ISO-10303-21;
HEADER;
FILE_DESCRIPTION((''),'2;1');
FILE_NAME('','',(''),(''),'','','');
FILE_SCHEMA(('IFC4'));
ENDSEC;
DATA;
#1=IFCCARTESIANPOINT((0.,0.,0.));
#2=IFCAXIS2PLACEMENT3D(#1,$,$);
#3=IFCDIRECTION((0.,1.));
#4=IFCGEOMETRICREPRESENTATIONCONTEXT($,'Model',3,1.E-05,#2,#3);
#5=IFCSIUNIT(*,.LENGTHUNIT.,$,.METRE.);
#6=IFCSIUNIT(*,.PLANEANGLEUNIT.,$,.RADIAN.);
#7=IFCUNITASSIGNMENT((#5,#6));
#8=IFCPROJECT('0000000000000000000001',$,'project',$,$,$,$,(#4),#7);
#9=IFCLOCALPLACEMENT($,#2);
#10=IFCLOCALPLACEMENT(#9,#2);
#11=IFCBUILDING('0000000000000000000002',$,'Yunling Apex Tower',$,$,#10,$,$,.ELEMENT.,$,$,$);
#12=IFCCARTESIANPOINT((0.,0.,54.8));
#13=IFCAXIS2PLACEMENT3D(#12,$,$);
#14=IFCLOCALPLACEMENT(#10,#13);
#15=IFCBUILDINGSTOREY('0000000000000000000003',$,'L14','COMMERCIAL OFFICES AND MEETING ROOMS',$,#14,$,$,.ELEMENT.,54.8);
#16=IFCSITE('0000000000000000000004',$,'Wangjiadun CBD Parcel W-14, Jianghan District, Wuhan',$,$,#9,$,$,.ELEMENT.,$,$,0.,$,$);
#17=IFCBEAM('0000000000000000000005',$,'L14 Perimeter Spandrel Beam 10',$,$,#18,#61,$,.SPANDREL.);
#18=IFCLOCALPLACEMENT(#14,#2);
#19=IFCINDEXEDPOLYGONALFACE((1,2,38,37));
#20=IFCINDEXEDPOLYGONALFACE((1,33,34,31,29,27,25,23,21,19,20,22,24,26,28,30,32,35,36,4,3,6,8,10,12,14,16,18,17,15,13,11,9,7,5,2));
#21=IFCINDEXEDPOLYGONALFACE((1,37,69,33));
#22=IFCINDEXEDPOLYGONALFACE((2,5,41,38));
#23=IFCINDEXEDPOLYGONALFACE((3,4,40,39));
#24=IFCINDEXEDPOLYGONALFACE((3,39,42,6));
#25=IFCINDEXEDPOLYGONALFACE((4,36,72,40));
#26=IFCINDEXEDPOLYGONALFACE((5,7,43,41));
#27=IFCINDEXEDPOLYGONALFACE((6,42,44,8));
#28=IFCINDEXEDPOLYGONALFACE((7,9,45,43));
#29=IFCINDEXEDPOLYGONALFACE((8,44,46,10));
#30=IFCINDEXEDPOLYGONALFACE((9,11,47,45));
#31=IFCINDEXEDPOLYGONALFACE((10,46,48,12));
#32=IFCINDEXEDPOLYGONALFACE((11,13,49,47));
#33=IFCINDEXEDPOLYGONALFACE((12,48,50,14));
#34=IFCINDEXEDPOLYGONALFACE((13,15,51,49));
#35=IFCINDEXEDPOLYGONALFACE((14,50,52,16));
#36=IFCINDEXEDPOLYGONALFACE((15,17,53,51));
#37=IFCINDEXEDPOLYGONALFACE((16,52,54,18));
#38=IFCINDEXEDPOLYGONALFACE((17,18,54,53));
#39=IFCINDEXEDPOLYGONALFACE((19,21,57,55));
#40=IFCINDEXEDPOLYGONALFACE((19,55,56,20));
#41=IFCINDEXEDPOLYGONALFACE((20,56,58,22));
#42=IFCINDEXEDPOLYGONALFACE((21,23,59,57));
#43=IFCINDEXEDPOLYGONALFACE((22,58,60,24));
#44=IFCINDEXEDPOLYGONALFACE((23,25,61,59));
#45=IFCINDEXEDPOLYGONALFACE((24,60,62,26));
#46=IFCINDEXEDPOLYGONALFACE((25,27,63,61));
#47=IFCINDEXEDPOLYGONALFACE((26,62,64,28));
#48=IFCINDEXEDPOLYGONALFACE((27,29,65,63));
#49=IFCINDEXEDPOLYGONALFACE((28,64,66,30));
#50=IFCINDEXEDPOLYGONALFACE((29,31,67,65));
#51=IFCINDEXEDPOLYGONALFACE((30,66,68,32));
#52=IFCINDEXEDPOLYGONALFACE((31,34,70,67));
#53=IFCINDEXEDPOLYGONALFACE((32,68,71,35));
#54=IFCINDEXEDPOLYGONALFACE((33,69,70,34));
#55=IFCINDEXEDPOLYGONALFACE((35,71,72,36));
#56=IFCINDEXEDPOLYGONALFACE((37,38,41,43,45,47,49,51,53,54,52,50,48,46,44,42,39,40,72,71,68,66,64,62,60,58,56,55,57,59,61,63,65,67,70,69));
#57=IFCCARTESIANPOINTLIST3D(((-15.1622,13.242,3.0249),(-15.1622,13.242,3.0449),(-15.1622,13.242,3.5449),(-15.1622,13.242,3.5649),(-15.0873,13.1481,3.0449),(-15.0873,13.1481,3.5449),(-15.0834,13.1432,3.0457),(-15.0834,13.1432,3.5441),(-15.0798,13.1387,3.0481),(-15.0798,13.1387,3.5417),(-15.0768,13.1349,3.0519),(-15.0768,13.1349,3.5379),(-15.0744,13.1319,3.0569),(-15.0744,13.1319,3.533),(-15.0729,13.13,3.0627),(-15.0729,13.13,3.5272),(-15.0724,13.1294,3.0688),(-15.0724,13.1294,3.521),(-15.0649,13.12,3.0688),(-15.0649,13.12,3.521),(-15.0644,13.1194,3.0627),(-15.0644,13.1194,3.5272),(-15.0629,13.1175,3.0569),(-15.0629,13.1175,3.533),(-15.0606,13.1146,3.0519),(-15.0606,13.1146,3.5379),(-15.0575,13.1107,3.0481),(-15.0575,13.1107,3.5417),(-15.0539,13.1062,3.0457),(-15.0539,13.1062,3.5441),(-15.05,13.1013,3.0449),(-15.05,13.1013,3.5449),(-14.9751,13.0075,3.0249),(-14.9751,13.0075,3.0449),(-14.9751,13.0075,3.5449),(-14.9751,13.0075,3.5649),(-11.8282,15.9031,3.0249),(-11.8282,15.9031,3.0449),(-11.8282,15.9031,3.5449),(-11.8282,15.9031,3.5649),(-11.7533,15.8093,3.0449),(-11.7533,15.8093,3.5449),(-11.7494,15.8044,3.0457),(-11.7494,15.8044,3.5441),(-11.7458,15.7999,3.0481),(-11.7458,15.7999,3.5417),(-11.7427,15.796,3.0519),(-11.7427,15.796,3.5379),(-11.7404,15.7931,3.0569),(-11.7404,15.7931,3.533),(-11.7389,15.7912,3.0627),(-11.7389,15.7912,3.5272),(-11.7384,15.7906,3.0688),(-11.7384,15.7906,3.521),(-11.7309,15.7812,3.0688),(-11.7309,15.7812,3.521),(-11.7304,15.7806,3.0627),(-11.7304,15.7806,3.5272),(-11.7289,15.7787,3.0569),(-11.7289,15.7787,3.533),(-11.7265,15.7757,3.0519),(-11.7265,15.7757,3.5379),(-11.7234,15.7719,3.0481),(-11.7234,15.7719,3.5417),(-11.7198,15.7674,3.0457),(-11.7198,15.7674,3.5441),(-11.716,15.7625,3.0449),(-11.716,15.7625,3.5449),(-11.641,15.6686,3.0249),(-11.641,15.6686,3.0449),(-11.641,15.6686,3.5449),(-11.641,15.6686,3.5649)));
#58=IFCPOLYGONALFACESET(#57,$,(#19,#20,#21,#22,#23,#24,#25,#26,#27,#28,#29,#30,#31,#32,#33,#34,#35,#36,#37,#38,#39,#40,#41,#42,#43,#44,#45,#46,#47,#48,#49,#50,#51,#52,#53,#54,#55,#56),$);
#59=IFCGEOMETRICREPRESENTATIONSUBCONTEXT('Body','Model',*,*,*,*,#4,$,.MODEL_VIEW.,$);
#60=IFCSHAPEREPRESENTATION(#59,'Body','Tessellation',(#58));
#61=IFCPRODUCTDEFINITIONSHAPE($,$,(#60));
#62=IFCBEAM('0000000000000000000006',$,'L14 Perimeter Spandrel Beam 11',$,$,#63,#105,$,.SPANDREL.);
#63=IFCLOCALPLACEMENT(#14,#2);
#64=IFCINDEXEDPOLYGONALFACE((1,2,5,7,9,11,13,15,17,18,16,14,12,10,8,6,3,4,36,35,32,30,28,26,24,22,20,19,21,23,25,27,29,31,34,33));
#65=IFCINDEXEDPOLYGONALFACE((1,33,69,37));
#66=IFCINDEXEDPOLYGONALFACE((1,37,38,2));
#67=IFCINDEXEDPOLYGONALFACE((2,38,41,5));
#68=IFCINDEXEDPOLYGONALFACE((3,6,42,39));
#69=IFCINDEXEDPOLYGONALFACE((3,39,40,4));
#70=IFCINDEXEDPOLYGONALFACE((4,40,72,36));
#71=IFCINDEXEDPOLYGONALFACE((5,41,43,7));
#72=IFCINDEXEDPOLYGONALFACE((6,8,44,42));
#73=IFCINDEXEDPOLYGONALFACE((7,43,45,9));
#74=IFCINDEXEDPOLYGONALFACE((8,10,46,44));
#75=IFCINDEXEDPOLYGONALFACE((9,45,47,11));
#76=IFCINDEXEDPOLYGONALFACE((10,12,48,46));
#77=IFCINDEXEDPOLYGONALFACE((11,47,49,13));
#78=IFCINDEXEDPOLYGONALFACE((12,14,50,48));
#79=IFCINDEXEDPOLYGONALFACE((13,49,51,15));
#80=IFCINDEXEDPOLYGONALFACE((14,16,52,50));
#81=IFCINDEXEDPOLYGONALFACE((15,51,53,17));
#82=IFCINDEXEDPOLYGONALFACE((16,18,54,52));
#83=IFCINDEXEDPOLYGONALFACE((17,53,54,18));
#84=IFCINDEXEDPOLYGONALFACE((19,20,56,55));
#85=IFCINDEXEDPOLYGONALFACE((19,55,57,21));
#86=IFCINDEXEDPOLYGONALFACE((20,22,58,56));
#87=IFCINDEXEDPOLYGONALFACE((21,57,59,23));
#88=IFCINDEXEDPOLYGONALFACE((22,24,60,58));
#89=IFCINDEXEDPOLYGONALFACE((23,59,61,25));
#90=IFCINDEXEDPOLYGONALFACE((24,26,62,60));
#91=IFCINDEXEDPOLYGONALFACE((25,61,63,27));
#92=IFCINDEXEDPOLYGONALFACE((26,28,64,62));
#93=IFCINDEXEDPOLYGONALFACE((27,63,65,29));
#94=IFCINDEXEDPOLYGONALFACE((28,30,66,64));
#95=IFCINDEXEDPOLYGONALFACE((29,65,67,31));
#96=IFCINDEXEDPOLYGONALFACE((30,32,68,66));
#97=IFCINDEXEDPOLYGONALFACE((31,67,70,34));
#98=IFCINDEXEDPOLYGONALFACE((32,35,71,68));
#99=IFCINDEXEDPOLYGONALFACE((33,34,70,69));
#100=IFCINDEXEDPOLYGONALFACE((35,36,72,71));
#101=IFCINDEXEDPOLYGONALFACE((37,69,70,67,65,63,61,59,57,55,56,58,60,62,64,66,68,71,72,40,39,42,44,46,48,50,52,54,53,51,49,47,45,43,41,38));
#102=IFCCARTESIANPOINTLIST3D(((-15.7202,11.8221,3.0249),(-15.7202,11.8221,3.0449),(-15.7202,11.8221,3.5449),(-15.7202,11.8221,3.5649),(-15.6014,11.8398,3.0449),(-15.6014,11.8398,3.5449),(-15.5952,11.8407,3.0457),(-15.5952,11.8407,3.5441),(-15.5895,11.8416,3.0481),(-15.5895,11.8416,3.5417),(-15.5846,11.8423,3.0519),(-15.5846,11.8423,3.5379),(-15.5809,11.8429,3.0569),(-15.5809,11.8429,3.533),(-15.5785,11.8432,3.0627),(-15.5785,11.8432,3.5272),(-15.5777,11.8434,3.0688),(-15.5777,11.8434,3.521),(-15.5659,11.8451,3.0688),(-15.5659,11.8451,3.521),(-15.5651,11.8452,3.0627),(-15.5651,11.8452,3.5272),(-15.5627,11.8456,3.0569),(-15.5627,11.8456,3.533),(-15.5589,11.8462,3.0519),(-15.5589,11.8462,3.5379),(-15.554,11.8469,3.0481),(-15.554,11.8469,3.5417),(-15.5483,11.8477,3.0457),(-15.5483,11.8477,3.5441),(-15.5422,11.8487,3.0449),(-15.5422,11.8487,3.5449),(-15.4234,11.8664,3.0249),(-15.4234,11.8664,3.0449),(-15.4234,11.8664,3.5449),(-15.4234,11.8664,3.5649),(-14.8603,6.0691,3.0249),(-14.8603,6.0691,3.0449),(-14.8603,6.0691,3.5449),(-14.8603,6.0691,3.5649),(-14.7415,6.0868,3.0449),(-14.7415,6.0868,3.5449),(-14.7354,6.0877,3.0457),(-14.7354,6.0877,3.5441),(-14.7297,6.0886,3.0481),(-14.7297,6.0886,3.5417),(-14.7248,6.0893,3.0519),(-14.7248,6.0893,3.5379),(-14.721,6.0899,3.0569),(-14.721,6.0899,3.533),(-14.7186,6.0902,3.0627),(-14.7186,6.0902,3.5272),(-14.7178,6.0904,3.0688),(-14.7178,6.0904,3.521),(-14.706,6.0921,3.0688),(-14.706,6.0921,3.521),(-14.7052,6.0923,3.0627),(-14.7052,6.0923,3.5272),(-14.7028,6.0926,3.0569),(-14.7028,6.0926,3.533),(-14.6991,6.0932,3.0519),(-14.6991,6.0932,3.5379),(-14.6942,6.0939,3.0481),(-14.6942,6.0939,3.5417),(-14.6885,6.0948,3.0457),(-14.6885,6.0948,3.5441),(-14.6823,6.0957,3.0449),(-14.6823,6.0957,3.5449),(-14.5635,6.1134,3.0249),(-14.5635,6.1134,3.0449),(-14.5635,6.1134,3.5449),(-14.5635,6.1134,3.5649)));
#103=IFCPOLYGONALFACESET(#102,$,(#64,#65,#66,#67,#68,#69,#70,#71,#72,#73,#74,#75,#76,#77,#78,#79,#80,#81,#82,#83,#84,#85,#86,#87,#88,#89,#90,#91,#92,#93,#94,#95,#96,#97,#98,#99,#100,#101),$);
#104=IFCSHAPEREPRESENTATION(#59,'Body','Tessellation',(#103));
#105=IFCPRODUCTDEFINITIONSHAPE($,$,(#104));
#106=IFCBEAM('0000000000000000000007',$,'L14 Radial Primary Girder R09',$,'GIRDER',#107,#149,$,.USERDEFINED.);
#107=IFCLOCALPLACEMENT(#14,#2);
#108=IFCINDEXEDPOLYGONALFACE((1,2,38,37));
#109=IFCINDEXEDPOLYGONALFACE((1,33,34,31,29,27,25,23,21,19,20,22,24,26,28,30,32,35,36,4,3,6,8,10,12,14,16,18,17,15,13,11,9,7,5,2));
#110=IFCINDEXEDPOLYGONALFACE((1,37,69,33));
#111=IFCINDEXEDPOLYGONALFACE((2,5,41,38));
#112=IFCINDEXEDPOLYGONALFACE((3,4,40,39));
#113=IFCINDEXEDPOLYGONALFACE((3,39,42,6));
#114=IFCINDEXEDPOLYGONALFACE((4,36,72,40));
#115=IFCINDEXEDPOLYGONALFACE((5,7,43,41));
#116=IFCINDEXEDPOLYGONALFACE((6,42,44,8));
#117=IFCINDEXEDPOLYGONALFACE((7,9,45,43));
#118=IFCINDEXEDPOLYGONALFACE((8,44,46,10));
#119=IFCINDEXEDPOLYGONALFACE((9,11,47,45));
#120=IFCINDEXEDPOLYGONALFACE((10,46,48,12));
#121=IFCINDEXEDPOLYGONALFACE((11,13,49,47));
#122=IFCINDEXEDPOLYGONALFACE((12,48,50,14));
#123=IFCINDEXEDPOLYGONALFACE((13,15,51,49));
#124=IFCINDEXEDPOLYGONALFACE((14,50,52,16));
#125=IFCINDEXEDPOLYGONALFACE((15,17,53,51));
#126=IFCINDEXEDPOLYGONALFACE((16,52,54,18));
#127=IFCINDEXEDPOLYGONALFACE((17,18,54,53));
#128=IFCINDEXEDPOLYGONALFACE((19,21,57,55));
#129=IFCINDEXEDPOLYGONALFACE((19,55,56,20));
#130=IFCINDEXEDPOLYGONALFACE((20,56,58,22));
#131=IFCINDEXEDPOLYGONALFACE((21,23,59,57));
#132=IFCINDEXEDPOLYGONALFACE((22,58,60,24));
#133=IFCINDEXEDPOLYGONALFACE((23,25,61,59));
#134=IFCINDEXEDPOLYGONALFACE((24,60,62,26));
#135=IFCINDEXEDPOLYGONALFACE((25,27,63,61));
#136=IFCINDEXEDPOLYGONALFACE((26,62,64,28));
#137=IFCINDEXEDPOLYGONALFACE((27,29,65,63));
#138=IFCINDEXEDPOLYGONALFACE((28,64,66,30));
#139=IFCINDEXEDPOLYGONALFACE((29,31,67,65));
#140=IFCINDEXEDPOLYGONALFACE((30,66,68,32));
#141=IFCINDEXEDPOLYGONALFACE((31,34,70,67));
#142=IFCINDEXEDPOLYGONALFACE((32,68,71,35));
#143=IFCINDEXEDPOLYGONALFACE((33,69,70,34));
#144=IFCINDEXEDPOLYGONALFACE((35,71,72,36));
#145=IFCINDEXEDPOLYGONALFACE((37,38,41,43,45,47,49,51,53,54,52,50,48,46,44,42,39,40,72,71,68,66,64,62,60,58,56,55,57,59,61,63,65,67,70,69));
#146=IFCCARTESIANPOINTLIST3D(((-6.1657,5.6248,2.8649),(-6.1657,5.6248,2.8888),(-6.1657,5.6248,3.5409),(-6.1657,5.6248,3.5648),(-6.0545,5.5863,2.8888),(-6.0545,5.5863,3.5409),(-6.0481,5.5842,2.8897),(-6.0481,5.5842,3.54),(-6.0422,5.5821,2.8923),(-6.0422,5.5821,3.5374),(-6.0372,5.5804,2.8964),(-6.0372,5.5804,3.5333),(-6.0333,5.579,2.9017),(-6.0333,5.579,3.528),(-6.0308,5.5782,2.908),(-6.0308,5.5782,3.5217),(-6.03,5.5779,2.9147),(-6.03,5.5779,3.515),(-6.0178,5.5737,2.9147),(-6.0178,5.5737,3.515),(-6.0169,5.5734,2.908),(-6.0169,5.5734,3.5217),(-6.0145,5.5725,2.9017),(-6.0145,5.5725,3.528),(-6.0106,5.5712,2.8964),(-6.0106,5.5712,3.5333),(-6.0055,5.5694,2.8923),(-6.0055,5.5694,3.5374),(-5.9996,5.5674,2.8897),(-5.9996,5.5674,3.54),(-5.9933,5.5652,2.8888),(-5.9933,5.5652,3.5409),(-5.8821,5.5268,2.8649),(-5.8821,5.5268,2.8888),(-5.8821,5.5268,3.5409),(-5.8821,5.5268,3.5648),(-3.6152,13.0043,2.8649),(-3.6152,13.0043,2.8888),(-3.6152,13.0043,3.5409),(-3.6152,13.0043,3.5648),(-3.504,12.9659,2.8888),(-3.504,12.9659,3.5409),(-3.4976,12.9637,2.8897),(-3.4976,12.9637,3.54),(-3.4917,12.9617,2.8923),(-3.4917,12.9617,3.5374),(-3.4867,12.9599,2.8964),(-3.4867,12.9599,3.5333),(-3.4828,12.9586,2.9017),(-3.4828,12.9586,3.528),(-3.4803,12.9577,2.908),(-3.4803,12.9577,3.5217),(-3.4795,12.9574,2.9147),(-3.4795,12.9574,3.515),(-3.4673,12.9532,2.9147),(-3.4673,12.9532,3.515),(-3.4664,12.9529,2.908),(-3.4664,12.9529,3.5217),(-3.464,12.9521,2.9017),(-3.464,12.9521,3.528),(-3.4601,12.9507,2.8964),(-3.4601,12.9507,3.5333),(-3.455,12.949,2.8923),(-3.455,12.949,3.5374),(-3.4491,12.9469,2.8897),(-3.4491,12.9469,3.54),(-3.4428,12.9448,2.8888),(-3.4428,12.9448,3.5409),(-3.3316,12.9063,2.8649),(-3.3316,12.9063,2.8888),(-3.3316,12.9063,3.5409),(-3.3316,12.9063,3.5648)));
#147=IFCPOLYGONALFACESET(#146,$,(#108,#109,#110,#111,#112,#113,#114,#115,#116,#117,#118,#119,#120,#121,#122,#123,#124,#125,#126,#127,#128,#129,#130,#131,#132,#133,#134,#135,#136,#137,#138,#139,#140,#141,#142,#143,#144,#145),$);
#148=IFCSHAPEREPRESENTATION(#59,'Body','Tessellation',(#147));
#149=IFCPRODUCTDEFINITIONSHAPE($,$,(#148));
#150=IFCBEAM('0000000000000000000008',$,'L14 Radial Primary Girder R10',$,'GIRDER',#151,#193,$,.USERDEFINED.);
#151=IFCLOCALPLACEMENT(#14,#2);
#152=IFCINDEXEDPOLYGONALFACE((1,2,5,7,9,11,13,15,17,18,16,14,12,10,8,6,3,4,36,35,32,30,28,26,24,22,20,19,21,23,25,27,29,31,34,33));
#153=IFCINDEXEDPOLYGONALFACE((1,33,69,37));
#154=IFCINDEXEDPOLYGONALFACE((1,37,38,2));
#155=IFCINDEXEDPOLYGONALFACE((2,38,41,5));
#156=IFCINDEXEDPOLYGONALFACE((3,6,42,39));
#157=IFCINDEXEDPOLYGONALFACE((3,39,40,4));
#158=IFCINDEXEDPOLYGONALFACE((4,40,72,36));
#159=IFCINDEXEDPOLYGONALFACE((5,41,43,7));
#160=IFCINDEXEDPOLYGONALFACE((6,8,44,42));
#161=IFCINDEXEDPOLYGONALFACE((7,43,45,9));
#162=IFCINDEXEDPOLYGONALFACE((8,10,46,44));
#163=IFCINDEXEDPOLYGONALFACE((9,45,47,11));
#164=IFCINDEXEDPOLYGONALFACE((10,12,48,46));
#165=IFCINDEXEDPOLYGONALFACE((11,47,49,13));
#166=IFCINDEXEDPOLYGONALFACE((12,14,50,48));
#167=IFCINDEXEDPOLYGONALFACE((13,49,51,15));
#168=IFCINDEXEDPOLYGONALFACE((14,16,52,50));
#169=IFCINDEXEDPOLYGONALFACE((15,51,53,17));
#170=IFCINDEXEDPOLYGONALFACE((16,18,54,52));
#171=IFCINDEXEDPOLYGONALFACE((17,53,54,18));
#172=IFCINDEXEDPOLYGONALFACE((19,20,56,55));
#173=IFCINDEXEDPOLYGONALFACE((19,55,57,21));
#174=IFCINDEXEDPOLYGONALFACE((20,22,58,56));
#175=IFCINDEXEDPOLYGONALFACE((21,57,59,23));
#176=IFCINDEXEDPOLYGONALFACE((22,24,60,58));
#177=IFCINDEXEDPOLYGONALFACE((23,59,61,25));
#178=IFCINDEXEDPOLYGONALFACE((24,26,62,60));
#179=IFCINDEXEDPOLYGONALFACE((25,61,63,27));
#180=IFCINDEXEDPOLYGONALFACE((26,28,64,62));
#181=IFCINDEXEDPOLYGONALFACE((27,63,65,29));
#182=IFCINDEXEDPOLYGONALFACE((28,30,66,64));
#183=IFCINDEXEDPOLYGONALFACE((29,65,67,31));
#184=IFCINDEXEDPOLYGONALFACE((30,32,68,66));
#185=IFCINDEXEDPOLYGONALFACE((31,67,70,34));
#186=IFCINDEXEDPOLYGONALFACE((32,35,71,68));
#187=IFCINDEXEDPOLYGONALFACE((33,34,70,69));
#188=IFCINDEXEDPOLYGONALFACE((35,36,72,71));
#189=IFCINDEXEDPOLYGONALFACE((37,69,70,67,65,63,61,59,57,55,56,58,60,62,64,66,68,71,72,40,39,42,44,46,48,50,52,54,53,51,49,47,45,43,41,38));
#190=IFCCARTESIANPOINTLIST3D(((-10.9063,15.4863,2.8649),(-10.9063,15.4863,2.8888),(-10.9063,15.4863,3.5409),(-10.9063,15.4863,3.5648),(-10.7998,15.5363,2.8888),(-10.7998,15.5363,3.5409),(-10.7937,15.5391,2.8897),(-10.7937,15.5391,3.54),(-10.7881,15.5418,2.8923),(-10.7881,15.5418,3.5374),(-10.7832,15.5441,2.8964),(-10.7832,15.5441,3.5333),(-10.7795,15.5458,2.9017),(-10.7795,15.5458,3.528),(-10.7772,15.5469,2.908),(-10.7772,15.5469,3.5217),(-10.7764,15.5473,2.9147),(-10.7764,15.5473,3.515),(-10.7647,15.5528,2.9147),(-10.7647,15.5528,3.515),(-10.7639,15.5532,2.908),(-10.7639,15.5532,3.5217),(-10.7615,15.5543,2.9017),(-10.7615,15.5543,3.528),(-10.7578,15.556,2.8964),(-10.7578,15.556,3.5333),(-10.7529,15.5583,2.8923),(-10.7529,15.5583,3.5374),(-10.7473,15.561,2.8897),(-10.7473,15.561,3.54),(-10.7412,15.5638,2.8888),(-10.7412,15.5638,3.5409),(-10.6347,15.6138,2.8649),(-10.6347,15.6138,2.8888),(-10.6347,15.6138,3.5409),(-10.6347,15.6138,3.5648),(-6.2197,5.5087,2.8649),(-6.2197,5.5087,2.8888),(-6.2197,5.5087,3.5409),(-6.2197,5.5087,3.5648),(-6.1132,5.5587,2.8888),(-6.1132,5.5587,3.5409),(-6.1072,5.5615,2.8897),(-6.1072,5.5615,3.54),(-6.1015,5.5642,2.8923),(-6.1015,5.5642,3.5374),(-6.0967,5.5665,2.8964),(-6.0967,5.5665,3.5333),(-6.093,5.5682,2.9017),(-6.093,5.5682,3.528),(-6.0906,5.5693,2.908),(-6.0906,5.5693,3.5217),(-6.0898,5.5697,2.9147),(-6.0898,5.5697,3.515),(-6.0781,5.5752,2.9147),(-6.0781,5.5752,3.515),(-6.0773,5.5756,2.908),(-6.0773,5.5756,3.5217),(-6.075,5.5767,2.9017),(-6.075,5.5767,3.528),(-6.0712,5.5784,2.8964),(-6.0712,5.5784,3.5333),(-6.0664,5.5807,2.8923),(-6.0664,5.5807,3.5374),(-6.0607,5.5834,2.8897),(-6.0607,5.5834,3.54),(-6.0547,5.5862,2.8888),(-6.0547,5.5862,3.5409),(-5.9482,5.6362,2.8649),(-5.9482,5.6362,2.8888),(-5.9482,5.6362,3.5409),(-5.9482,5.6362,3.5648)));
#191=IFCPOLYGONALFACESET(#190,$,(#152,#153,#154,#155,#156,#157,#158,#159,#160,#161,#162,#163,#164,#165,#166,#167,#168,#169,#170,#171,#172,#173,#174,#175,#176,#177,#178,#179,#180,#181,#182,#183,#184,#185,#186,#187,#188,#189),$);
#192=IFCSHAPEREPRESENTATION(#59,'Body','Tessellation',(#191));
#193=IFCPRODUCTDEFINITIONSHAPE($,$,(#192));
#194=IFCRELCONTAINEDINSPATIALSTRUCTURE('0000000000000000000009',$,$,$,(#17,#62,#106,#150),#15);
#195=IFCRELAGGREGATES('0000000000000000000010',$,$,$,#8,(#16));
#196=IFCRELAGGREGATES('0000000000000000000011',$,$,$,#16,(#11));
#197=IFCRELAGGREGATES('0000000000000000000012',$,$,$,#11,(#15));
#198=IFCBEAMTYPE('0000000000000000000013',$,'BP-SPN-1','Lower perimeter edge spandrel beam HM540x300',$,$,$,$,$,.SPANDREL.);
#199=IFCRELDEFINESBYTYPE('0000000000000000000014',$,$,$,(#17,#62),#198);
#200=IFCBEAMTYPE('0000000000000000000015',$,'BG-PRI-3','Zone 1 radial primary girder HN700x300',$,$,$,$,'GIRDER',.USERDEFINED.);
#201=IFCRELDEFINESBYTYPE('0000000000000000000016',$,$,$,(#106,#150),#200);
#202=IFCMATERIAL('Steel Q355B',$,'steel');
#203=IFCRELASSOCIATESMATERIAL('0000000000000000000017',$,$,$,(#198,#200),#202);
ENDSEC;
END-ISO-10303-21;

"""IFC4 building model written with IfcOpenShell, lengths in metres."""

from ifc_helpers import new_model, si_unit, direction, frame, origin, origin_2d, place, context, subcontext, project, spatial, i_section, extrude, source, transform, mapped, material, material_profile, profile_set, type_object, element, save


model = new_model("IFC4")

# Units and contexts
model_context = context("Model", 3, precision=1e-05, world=origin(), true_north=direction((0.0, 1.0)))
body_context = subcontext(model_context, "Body", "Model", "MODEL_VIEW")
ifc_project = project(units=[si_unit("LENGTHUNIT", "METRE"), si_unit("PLANEANGLEUNIT", "RADIAN")], contexts=[model_context])

# Site, building, storey
site_placement = place(None, origin())
site = spatial("IfcSite", under=ifc_project, at=site_placement, Name="Wangjiadun CBD Parcel W-14, Jianghan District, Wuhan", CompositionType="ELEMENT", RefElevation=0.0)
building_placement = place(site_placement, origin())
building = spatial("IfcBuilding", under=site, at=building_placement, Name="Yunling Apex Tower", CompositionType="ELEMENT")
storey_placement = place(building_placement, frame((0.0, 0.0, 54.8)))
storey = spatial("IfcBuildingStorey", under=building, at=storey_placement, Name="L14", Description="COMMERCIAL OFFICES AND MEETING ROOMS", CompositionType="ELEMENT", Elevation=54.8)

# Beams
ifc_material_1 = material(Name="Steel Q355B", Category="steel")
ifc_material_profile_1 = material_profile(ifc_material_1, i_section(OverallWidth=0.3, OverallDepth=0.54, WebThickness=0.012, FlangeThickness=0.02, FilletRadius=0.0239, at=origin_2d()))
ifc_profile_set_1 = profile_set([ifc_material_profile_1], Name="Steel Q355B")
beam_type_1 = type_object("IfcBeamType", Name="BP-SPN-1", Description="Lower perimeter edge spandrel beam HM540x300", PredefinedType="SPANDREL", material=ifc_profile_set_1)
shared_shape_1 = source(origin(), body_context, "Body", "SweptSolid", [
    extrude(i_section(OverallWidth=0.3, OverallDepth=0.54, WebThickness=0.012, FlangeThickness=0.02, FilletRadius=0.0239, at=origin_2d()), origin(), (0.0, 0.0, 1.0), 4.2659),
])
beam_1_placement = place(storey_placement, frame((-11.7346, 15.7859, 3.2949), z_axis=(-0.781561, -0.623829, 0.0), x_axis=(0.623829, -0.781561, 0.0)))
element("IfcBeam", 1, at=beam_1_placement, inside=storey, type_object=beam_type_1, Name="L14 Perimeter Spandrel Beam 10", PredefinedType="SPANDREL", context=body_context, shape_type="MappedRepresentation", body=[
    mapped(shared_shape_1, transform((0.0, 0.0, 0.0), scale=1.0)),
])
shared_shape_2 = source(origin(), body_context, "Body", "SweptSolid", [
    extrude(i_section(OverallWidth=0.3, OverallDepth=0.54, WebThickness=0.012, FlangeThickness=0.02, FilletRadius=0.0239, at=origin_2d()), origin(), (0.0, 0.0, 1.0), 5.8169),
])
beam_2_placement = place(storey_placement, frame((-15.5718, 11.8442, 3.2949), z_axis=(0.147823, -0.989014, 0.0), x_axis=(0.989014, 0.147823, 0.0)))
element("IfcBeam", 2, at=beam_2_placement, inside=storey, type_object=beam_type_1, Name="L14 Perimeter Spandrel Beam 11", PredefinedType="SPANDREL", context=body_context, shape_type="MappedRepresentation", body=[
    mapped(shared_shape_2, transform((0.0, 0.0, 0.0), scale=1.0)),
])
ifc_material_profile_2 = material_profile(ifc_material_1, i_section(OverallWidth=0.3, OverallDepth=0.7, WebThickness=0.0129, FlangeThickness=0.0239, FilletRadius=0.0259, at=origin_2d()))
ifc_profile_set_2 = profile_set([ifc_material_profile_2], Name="Steel Q355B")
beam_type_2 = type_object("IfcBeamType", Name="BG-PRI-3", Description="Zone 1 radial primary girder HN700x300", ElementType="GIRDER", PredefinedType="USERDEFINED", material=ifc_profile_set_2)
shared_shape_3 = source(origin(), body_context, "Body", "SweptSolid", [
    extrude(i_section(OverallWidth=0.3, OverallDepth=0.7, WebThickness=0.0129, FlangeThickness=0.0239, FilletRadius=0.0259, at=origin_2d()), origin(), (0.0, 0.0, 1.0), 7.8079),
])
beam_3_placement = place(storey_placement, frame((-3.4734, 12.9553, 3.2148), z_axis=(-0.326658, -0.945142, 0.0), x_axis=(0.945142, -0.326658, 0.0)))
element("IfcBeam", 3, at=beam_3_placement, inside=storey, type_object=beam_type_2, Name="L14 Radial Primary Girder R09", ObjectType="GIRDER", PredefinedType="USERDEFINED", context=body_context, shape_type="MappedRepresentation", body=[
    mapped(shared_shape_3, transform((0.0, 0.0, 0.0), scale=1.0)),
])
shared_shape_4 = source(origin(), body_context, "Body", "SweptSolid", [
    extrude(i_section(OverallWidth=0.3, OverallDepth=0.7, WebThickness=0.0129, FlangeThickness=0.0239, FilletRadius=0.0259, at=origin_2d()), origin(), (0.0, 0.0, 1.0), 11.0234),
])
beam_4_placement = place(storey_placement, frame((-10.7705, 15.55, 3.2148), z_axis=(0.425144, -0.905126, 0.0), x_axis=(0.905126, 0.425144, 0.0)))
element("IfcBeam", 4, at=beam_4_placement, inside=storey, type_object=beam_type_2, Name="L14 Radial Primary Girder R10", ObjectType="GIRDER", PredefinedType="USERDEFINED", context=body_context, shape_type="MappedRepresentation", body=[
    mapped(shared_shape_4, transform((0.0, 0.0, 0.0), scale=1.0)),
])

save(model, "model.ifc")
